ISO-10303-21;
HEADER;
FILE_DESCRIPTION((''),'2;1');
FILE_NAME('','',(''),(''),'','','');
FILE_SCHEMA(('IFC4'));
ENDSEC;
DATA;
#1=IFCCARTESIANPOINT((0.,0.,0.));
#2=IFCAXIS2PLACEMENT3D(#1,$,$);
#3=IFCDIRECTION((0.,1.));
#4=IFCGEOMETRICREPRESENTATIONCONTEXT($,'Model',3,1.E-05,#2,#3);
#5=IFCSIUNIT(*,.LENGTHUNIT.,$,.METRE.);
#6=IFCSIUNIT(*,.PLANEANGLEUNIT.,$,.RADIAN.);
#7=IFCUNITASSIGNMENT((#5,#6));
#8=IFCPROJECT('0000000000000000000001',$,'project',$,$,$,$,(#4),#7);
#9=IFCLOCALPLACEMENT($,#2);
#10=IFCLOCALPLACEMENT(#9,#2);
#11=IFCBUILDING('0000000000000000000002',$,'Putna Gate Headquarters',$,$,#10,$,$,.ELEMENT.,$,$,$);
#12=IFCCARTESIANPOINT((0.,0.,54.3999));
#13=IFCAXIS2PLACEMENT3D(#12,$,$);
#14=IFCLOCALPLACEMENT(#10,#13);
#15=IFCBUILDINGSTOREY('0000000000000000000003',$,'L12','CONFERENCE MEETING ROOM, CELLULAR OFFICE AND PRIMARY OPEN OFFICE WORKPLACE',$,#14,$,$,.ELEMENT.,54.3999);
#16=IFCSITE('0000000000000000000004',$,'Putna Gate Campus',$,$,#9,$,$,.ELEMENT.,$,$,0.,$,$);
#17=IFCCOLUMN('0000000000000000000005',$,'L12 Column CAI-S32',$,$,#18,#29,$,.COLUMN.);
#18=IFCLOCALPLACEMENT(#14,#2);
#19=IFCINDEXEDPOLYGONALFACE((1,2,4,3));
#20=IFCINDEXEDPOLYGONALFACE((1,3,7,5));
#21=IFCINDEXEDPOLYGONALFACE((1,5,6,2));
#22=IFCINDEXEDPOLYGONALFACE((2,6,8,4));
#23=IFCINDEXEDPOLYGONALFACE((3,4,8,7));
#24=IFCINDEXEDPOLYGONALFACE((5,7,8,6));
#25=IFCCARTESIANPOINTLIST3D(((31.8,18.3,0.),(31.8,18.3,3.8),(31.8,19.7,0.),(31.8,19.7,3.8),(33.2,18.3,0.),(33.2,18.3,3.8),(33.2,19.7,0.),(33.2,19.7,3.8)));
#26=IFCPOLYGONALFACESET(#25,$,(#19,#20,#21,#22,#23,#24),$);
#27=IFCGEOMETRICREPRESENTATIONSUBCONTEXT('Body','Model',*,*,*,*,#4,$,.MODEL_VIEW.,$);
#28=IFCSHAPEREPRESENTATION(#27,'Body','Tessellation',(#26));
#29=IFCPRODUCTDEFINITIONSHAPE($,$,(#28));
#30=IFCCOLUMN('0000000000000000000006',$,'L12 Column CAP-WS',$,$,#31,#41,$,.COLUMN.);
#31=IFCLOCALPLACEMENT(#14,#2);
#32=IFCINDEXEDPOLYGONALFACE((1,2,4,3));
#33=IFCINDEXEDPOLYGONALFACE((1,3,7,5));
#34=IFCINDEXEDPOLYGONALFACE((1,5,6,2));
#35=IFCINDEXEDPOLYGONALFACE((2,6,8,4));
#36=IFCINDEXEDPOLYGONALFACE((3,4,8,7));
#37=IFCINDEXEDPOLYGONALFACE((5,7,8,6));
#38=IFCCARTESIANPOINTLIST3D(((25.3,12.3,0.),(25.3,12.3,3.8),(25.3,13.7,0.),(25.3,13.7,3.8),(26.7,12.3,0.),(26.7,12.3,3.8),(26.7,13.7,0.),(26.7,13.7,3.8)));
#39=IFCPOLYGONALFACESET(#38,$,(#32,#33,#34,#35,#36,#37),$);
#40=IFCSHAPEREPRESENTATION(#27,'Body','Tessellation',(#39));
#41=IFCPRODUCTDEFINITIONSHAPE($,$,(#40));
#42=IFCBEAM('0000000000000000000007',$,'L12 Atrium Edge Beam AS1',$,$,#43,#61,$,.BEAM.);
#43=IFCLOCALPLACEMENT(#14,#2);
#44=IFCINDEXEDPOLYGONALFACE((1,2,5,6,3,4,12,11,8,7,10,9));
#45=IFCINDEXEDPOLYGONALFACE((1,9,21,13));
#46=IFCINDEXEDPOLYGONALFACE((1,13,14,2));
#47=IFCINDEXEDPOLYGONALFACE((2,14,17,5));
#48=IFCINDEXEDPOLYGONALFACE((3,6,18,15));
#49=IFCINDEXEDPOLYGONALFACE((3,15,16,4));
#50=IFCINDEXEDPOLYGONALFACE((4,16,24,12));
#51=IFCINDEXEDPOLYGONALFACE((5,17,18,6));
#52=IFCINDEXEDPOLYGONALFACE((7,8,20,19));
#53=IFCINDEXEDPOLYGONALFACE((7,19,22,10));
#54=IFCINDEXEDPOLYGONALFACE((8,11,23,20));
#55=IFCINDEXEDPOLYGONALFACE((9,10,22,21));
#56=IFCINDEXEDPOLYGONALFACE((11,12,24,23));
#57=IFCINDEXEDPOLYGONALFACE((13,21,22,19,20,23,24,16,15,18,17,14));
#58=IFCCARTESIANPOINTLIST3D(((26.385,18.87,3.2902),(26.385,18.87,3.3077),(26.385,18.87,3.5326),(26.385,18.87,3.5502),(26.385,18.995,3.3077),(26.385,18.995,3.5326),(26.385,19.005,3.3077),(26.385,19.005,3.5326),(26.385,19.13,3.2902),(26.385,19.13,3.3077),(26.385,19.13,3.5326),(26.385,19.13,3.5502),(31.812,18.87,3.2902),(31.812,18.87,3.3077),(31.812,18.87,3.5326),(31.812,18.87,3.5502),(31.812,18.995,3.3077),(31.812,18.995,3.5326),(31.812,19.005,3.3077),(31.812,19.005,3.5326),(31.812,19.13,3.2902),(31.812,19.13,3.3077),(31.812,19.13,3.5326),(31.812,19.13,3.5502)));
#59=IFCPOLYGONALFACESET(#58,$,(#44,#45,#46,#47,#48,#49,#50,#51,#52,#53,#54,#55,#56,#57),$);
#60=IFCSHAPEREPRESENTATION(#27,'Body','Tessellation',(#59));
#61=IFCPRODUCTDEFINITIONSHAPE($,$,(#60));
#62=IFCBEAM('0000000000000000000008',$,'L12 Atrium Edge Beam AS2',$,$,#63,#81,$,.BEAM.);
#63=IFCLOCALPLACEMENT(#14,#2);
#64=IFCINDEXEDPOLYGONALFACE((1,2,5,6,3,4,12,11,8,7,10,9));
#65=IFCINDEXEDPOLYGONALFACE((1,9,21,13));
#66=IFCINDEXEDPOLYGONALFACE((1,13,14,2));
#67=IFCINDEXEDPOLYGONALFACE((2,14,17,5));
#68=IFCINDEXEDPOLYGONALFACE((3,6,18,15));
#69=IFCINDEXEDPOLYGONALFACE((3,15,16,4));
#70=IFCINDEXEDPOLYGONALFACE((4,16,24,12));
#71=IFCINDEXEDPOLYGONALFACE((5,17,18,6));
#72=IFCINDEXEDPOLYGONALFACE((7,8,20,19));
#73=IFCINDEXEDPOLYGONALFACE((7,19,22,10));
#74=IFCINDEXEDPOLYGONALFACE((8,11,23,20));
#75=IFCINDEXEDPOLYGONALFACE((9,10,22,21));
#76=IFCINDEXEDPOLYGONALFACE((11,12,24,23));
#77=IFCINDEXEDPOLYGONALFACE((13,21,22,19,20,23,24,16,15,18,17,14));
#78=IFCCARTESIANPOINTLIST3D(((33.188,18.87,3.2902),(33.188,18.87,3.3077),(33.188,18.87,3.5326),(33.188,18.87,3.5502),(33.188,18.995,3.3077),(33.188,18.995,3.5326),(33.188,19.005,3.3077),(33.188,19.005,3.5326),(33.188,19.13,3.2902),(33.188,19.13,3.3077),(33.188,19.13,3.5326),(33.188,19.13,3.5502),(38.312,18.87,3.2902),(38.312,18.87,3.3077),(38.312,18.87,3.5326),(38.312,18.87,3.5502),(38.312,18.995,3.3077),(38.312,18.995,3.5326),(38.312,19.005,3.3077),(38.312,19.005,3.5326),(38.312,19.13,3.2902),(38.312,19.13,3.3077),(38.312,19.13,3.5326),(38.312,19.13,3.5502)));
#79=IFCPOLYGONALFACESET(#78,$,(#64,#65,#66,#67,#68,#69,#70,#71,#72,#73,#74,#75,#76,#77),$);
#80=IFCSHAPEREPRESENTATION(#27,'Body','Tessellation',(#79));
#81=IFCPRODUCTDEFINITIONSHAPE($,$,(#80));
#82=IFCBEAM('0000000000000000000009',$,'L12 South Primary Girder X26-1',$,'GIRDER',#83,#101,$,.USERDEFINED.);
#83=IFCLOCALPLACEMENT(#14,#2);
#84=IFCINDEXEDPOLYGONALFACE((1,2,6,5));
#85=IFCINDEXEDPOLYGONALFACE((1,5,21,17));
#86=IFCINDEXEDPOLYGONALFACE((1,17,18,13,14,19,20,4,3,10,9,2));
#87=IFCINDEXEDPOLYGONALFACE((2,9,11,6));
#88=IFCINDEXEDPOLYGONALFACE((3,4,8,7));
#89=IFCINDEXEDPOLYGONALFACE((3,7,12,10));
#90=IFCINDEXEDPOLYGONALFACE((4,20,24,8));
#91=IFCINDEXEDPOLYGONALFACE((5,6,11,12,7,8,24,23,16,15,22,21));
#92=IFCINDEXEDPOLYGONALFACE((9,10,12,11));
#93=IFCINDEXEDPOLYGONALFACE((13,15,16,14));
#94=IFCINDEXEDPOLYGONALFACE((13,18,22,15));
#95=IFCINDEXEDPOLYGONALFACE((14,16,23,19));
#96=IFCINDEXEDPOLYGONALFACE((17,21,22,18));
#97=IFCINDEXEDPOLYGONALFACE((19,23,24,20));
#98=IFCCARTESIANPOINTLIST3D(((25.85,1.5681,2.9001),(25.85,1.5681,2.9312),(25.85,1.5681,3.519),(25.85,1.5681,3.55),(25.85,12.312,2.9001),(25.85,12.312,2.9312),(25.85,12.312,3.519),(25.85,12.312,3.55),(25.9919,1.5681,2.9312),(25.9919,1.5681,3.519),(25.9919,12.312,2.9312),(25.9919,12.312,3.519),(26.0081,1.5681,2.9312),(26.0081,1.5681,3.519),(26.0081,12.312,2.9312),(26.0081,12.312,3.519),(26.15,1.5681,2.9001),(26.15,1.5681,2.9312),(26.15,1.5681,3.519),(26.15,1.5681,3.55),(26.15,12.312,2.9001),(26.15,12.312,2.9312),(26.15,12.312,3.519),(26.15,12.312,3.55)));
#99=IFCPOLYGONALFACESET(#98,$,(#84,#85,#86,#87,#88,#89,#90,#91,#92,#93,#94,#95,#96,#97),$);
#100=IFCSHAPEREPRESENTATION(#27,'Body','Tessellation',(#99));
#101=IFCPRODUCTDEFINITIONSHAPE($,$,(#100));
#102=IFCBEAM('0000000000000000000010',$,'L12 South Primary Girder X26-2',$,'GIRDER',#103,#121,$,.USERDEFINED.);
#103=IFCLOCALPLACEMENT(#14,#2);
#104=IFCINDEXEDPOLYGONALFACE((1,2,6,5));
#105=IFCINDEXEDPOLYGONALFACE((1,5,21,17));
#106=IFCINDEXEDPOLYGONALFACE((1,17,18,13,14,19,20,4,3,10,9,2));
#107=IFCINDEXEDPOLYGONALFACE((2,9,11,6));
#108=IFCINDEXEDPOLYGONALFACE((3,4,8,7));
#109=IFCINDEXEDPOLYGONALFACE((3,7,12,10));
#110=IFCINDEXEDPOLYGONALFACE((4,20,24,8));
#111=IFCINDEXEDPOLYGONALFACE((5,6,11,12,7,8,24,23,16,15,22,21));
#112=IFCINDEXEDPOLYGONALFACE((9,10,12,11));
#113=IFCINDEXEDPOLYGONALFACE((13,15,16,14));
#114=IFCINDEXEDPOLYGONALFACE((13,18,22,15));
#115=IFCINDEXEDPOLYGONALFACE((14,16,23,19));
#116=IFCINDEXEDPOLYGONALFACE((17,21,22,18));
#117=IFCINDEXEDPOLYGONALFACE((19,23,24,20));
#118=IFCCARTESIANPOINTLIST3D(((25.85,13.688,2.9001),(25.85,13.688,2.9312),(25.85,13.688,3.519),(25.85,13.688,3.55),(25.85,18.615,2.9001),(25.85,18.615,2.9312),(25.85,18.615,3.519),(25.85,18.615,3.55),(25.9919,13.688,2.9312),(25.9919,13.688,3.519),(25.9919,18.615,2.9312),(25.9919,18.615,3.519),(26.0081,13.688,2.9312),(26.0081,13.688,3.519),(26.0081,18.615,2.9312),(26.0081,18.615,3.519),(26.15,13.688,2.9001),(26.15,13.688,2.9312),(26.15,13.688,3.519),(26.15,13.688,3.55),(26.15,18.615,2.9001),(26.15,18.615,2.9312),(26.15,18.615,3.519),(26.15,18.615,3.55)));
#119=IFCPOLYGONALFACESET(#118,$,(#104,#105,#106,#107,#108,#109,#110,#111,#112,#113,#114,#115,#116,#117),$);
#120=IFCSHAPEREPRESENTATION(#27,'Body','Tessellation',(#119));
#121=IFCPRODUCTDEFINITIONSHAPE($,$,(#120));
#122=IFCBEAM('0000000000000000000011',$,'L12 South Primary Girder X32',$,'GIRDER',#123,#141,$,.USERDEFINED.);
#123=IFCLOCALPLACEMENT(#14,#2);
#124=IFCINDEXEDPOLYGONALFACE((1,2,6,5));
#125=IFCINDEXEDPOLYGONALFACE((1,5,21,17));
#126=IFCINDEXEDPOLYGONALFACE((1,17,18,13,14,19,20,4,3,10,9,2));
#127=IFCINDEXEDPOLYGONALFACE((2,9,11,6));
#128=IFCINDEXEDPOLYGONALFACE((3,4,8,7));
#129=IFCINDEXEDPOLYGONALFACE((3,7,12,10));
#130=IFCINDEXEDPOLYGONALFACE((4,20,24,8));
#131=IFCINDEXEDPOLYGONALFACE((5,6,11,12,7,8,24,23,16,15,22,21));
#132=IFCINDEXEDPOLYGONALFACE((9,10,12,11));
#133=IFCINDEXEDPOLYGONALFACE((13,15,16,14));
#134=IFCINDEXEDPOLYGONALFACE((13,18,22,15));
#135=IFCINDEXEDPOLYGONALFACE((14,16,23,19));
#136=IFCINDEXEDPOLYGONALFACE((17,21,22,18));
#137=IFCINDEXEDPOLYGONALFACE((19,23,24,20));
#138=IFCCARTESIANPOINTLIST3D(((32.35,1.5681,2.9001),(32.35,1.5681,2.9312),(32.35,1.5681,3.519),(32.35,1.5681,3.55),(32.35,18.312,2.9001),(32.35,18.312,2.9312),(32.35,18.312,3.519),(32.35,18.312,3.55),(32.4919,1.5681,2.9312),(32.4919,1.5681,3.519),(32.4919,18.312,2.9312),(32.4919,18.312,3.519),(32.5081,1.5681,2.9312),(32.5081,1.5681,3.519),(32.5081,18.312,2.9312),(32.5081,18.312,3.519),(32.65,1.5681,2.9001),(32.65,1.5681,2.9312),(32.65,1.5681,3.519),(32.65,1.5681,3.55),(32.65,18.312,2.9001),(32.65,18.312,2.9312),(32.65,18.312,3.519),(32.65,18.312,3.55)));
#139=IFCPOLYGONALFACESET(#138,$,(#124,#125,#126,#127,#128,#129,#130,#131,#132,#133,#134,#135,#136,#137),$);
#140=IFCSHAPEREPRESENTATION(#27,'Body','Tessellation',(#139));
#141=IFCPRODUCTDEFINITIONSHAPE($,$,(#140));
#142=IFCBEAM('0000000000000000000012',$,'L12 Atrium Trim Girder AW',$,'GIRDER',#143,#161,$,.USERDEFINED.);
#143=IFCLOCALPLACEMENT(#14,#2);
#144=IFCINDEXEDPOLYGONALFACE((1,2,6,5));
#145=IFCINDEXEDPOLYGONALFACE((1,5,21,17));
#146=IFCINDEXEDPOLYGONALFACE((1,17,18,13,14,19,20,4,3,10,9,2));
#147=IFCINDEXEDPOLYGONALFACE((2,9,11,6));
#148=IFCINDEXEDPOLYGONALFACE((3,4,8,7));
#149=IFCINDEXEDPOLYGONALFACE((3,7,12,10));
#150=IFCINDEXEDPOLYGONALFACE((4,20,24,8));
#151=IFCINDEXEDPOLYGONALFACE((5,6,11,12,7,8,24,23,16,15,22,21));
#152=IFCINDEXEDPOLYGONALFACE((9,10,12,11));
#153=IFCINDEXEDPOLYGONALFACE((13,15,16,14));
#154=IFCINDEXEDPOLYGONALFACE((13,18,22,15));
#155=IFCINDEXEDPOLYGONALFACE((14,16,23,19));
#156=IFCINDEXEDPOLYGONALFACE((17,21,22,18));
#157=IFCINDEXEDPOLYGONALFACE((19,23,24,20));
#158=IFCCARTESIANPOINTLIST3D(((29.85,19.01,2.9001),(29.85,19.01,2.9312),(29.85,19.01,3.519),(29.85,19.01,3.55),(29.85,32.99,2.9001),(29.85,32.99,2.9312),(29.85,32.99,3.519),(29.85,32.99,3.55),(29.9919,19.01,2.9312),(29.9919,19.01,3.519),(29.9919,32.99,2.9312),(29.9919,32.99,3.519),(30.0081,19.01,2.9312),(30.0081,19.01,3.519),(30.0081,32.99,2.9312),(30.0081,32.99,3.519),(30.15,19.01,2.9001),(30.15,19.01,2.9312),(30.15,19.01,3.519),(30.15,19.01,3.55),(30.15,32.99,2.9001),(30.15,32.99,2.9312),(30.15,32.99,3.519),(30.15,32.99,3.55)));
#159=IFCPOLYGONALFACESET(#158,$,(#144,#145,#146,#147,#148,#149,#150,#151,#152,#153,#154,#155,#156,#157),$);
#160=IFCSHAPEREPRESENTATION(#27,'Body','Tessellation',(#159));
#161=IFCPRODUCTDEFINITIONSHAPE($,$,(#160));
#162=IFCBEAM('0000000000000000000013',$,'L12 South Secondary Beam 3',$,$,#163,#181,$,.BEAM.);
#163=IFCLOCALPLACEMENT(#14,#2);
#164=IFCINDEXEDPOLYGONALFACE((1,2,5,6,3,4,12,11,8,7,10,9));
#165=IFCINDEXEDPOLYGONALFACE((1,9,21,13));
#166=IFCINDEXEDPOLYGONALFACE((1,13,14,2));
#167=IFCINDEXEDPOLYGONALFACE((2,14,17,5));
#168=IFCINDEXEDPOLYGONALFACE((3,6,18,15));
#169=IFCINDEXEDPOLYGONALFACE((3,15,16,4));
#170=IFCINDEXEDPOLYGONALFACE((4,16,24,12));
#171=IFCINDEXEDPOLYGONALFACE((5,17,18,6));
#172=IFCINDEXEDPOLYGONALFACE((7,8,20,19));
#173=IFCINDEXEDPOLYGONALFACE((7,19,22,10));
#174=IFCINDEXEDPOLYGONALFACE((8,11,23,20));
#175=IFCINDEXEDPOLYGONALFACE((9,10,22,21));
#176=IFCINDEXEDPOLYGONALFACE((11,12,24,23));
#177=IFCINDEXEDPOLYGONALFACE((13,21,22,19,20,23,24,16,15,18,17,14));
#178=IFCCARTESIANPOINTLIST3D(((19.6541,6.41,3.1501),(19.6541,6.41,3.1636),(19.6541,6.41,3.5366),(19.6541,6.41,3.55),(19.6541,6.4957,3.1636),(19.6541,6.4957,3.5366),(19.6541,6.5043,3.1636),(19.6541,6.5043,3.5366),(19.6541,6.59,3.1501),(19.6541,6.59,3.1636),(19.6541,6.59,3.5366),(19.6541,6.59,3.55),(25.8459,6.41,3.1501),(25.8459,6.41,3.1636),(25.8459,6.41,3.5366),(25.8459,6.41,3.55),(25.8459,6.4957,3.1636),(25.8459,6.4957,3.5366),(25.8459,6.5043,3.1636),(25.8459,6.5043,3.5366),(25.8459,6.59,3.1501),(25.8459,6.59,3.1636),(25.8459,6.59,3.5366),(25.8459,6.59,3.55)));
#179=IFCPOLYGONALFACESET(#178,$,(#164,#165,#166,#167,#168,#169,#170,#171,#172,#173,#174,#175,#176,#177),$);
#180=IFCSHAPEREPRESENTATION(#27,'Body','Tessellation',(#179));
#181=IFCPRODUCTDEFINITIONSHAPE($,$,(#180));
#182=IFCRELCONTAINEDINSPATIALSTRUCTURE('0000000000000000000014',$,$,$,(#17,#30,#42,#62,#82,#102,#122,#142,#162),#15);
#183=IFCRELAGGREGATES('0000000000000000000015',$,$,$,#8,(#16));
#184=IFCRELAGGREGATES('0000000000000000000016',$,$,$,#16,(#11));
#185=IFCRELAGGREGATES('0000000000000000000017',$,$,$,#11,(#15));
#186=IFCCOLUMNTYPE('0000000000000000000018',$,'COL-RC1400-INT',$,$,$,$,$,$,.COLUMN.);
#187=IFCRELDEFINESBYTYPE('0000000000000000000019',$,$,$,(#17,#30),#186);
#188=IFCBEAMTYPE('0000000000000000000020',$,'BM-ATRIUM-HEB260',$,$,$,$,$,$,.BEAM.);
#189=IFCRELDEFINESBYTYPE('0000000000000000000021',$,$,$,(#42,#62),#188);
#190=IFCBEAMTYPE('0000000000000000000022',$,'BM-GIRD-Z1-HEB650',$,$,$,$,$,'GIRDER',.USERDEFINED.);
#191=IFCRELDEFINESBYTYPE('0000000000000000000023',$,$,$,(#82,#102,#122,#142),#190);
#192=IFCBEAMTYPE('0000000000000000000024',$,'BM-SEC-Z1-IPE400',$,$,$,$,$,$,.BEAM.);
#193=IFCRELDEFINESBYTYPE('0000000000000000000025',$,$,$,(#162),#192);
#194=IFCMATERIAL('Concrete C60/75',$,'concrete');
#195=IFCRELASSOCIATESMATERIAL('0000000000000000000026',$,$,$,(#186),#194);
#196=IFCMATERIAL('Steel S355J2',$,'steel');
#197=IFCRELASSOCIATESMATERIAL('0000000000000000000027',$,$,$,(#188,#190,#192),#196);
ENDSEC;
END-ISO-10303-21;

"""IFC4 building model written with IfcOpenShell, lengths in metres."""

from ifc_helpers import new_model, si_unit, direction, frame, origin, origin_2d, place, context, subcontext, project, spatial, rectangle, i_section, extrude, material, material_profile, profile_set, type_object, element, save


model = new_model("IFC4")

# Units and contexts
model_context = context("Model", 3, precision=1e-05, world=origin(), true_north=direction((0.0, 1.0)))
body_context = subcontext(model_context, "Body", "Model", "MODEL_VIEW")
ifc_project = project(units=[si_unit("LENGTHUNIT", "METRE"), si_unit("PLANEANGLEUNIT", "RADIAN")], contexts=[model_context])

# Site, building, storey
site_placement = place(None, origin())
site = spatial("IfcSite", under=ifc_project, at=site_placement, Name="Putna Gate Campus", CompositionType="ELEMENT", RefElevation=0.0)
building_placement = place(site_placement, origin())
building = spatial("IfcBuilding", under=site, at=building_placement, Name="Putna Gate Headquarters", CompositionType="ELEMENT")
storey_placement = place(building_placement, frame((0.0, 0.0, 54.3999)))
storey = spatial("IfcBuildingStorey", under=building, at=storey_placement, Name="L12", Description="CONFERENCE MEETING ROOM, CELLULAR OFFICE AND PRIMARY OPEN OFFICE WORKPLACE", CompositionType="ELEMENT", Elevation=54.3999)

# Columns
ifc_material_1 = material(Name="Concrete C60/75", Category="concrete")
ifc_material_profile_1 = material_profile(ifc_material_1, rectangle(XDim=1.3999, YDim=1.3999, at=origin_2d()), Name="Concrete C60/75")
ifc_profile_set_1 = profile_set([ifc_material_profile_1], Name="Concrete C60/75")
column_type = type_object("IfcColumnType", Name="COL-RC1400-INT", PredefinedType="COLUMN", material=ifc_profile_set_1)
for number, where, z_axis, x_axis, name in (
    (1, (32.5, 19.0, 0.0), (0.0, 0.0, 1.0), (1.0, 0.0, 0.0), "L12 Column CAI-S32"),
    (2, (26.0, 13.0, 0.0), (0.0, 0.0, 1.0), (1.0, 0.0, 0.0), "L12 Column CAP-WS"),
):
    element("IfcColumn", number, at=place(storey_placement, frame(where, z_axis=z_axis, x_axis=x_axis)), inside=storey, type_object=column_type, Name=name, PredefinedType="COLUMN", context=body_context, shape_type="SweptSolid", body=[
        extrude(rectangle(XDim=1.3999, YDim=1.3999, at=origin_2d()), origin(), (0.0, 0.0, 1.0), 3.8),
    ])

# Beams
ifc_material_2 = material(Name="Steel S355J2", Category="steel")
ifc_material_profile_2 = material_profile(ifc_material_2, i_section(OverallWidth=0.26, OverallDepth=0.26, WebThickness=0.01, FlangeThickness=0.0176, at=origin_2d()), Name="Steel S355J2")
ifc_profile_set_2 = profile_set([ifc_material_profile_2], Name="Steel S355J2")
beam_type_1 = type_object("IfcBeamType", Name="BM-ATRIUM-HEB260", PredefinedType="BEAM", material=ifc_profile_set_2)
beam_1_placement = place(storey_placement, frame((26.385, 19.0, 3.4202), z_axis=(1.0, 0.0, 0.0), x_axis=(0.0, 1.0, 0.0)))
element("IfcBeam", 3, at=beam_1_placement, inside=storey, type_object=beam_type_1, Name="L12 Atrium Edge Beam AS1", PredefinedType="BEAM", context=body_context, shape_type="SweptSolid", body=[
    extrude(i_section(OverallWidth=0.26, OverallDepth=0.26, WebThickness=0.01, FlangeThickness=0.0176, at=origin_2d()), origin(), (0.0, 0.0, 1.0), 5.427),
])
beam_2_placement = place(storey_placement, frame((33.188, 19.0, 3.4202), z_axis=(1.0, 0.0, 0.0), x_axis=(0.0, 1.0, 0.0)))
element("IfcBeam", 4, at=beam_2_placement, inside=storey, type_object=beam_type_1, Name="L12 Atrium Edge Beam AS2", PredefinedType="BEAM", context=body_context, shape_type="SweptSolid", body=[
    extrude(i_section(OverallWidth=0.26, OverallDepth=0.26, WebThickness=0.01, FlangeThickness=0.0176, at=origin_2d()), origin(), (0.0, 0.0, 1.0), 5.124),
])
ifc_material_profile_3 = material_profile(ifc_material_2, i_section(OverallWidth=0.3, OverallDepth=0.6499, WebThickness=0.0161, FlangeThickness=0.031, at=origin_2d()), Name="Steel S355J2")
ifc_profile_set_3 = profile_set([ifc_material_profile_3], Name="Steel S355J2")
beam_type_2 = type_object("IfcBeamType", Name="BM-GIRD-Z1-HEB650", ElementType="GIRDER", PredefinedType="USERDEFINED", material=ifc_profile_set_3)
beam_3_placement = place(storey_placement, frame((26.0, 1.5681, 3.2251), z_axis=(0.0, 1.0, 0.0), x_axis=(-1.0, 0.0, 0.0)))
element("IfcBeam", 5, at=beam_3_placement, inside=storey, type_object=beam_type_2, Name="L12 South Primary Girder X26-1", ObjectType="GIRDER", PredefinedType="USERDEFINED", context=body_context, shape_type="SweptSolid", body=[
    extrude(i_section(OverallWidth=0.3, OverallDepth=0.6499, WebThickness=0.0161, FlangeThickness=0.031, at=origin_2d()), origin(), (0.0, 0.0, 1.0), 10.7439),
])
beam_4_placement = place(storey_placement, frame((26.0, 13.688, 3.2251), z_axis=(0.0, 1.0, 0.0), x_axis=(-1.0, 0.0, 0.0)))
element("IfcBeam", 6, at=beam_4_placement, inside=storey, type_object=beam_type_2, Name="L12 South Primary Girder X26-2", ObjectType="GIRDER", PredefinedType="USERDEFINED", context=body_context, shape_type="SweptSolid", body=[
    extrude(i_section(OverallWidth=0.3, OverallDepth=0.6499, WebThickness=0.0161, FlangeThickness=0.031, at=origin_2d()), origin(), (0.0, 0.0, 1.0), 4.927),
])
beam_5_placement = place(storey_placement, frame((32.5, 1.5681, 3.2251), z_axis=(0.0, 1.0, 0.0), x_axis=(-1.0, 0.0, 0.0)))
element("IfcBeam", 7, at=beam_5_placement, inside=storey, type_object=beam_type_2, Name="L12 South Primary Girder X32", ObjectType="GIRDER", PredefinedType="USERDEFINED", context=body_context, shape_type="SweptSolid", body=[
    extrude(i_section(OverallWidth=0.3, OverallDepth=0.6499, WebThickness=0.0161, FlangeThickness=0.031, at=origin_2d()), origin(), (0.0, 0.0, 1.0), 16.7439),
])
beam_6_placement = place(storey_placement, frame((30.0, 19.01, 3.2251), z_axis=(0.0, 1.0, 0.0), x_axis=(-1.0, 0.0, 0.0)))
element("IfcBeam", 8, at=beam_6_placement, inside=storey, type_object=beam_type_2, Name="L12 Atrium Trim Girder AW", ObjectType="GIRDER", PredefinedType="USERDEFINED", context=body_context, shape_type="SweptSolid", body=[
    extrude(i_section(OverallWidth=0.3, OverallDepth=0.6499, WebThickness=0.0161, FlangeThickness=0.031, at=origin_2d()), origin(), (0.0, 0.0, 1.0), 13.98),
])
ifc_material_profile_4 = material_profile(ifc_material_2, i_section(OverallWidth=0.1799, OverallDepth=0.3999, WebThickness=0.0085, FlangeThickness=0.0134, at=origin_2d()), Name="Steel S355J2")
ifc_profile_set_4 = profile_set([ifc_material_profile_4], Name="Steel S355J2")
beam_type_3 = type_object("IfcBeamType", Name="BM-SEC-Z1-IPE400", PredefinedType="BEAM", material=ifc_profile_set_4)
beam_7_placement = place(storey_placement, frame((19.6541, 6.5, 3.3501), z_axis=(1.0, 0.0, 0.0), x_axis=(0.0, 1.0, 0.0)))
element("IfcBeam", 9, at=beam_7_placement, inside=storey, type_object=beam_type_3, Name="L12 South Secondary Beam 3", PredefinedType="BEAM", context=body_context, shape_type="SweptSolid", body=[
    extrude(i_section(OverallWidth=0.1799, OverallDepth=0.3999, WebThickness=0.0085, FlangeThickness=0.0134, at=origin_2d()), origin(), (0.0, 0.0, 1.0), 6.1919),
])

save(model, "model.ifc")
